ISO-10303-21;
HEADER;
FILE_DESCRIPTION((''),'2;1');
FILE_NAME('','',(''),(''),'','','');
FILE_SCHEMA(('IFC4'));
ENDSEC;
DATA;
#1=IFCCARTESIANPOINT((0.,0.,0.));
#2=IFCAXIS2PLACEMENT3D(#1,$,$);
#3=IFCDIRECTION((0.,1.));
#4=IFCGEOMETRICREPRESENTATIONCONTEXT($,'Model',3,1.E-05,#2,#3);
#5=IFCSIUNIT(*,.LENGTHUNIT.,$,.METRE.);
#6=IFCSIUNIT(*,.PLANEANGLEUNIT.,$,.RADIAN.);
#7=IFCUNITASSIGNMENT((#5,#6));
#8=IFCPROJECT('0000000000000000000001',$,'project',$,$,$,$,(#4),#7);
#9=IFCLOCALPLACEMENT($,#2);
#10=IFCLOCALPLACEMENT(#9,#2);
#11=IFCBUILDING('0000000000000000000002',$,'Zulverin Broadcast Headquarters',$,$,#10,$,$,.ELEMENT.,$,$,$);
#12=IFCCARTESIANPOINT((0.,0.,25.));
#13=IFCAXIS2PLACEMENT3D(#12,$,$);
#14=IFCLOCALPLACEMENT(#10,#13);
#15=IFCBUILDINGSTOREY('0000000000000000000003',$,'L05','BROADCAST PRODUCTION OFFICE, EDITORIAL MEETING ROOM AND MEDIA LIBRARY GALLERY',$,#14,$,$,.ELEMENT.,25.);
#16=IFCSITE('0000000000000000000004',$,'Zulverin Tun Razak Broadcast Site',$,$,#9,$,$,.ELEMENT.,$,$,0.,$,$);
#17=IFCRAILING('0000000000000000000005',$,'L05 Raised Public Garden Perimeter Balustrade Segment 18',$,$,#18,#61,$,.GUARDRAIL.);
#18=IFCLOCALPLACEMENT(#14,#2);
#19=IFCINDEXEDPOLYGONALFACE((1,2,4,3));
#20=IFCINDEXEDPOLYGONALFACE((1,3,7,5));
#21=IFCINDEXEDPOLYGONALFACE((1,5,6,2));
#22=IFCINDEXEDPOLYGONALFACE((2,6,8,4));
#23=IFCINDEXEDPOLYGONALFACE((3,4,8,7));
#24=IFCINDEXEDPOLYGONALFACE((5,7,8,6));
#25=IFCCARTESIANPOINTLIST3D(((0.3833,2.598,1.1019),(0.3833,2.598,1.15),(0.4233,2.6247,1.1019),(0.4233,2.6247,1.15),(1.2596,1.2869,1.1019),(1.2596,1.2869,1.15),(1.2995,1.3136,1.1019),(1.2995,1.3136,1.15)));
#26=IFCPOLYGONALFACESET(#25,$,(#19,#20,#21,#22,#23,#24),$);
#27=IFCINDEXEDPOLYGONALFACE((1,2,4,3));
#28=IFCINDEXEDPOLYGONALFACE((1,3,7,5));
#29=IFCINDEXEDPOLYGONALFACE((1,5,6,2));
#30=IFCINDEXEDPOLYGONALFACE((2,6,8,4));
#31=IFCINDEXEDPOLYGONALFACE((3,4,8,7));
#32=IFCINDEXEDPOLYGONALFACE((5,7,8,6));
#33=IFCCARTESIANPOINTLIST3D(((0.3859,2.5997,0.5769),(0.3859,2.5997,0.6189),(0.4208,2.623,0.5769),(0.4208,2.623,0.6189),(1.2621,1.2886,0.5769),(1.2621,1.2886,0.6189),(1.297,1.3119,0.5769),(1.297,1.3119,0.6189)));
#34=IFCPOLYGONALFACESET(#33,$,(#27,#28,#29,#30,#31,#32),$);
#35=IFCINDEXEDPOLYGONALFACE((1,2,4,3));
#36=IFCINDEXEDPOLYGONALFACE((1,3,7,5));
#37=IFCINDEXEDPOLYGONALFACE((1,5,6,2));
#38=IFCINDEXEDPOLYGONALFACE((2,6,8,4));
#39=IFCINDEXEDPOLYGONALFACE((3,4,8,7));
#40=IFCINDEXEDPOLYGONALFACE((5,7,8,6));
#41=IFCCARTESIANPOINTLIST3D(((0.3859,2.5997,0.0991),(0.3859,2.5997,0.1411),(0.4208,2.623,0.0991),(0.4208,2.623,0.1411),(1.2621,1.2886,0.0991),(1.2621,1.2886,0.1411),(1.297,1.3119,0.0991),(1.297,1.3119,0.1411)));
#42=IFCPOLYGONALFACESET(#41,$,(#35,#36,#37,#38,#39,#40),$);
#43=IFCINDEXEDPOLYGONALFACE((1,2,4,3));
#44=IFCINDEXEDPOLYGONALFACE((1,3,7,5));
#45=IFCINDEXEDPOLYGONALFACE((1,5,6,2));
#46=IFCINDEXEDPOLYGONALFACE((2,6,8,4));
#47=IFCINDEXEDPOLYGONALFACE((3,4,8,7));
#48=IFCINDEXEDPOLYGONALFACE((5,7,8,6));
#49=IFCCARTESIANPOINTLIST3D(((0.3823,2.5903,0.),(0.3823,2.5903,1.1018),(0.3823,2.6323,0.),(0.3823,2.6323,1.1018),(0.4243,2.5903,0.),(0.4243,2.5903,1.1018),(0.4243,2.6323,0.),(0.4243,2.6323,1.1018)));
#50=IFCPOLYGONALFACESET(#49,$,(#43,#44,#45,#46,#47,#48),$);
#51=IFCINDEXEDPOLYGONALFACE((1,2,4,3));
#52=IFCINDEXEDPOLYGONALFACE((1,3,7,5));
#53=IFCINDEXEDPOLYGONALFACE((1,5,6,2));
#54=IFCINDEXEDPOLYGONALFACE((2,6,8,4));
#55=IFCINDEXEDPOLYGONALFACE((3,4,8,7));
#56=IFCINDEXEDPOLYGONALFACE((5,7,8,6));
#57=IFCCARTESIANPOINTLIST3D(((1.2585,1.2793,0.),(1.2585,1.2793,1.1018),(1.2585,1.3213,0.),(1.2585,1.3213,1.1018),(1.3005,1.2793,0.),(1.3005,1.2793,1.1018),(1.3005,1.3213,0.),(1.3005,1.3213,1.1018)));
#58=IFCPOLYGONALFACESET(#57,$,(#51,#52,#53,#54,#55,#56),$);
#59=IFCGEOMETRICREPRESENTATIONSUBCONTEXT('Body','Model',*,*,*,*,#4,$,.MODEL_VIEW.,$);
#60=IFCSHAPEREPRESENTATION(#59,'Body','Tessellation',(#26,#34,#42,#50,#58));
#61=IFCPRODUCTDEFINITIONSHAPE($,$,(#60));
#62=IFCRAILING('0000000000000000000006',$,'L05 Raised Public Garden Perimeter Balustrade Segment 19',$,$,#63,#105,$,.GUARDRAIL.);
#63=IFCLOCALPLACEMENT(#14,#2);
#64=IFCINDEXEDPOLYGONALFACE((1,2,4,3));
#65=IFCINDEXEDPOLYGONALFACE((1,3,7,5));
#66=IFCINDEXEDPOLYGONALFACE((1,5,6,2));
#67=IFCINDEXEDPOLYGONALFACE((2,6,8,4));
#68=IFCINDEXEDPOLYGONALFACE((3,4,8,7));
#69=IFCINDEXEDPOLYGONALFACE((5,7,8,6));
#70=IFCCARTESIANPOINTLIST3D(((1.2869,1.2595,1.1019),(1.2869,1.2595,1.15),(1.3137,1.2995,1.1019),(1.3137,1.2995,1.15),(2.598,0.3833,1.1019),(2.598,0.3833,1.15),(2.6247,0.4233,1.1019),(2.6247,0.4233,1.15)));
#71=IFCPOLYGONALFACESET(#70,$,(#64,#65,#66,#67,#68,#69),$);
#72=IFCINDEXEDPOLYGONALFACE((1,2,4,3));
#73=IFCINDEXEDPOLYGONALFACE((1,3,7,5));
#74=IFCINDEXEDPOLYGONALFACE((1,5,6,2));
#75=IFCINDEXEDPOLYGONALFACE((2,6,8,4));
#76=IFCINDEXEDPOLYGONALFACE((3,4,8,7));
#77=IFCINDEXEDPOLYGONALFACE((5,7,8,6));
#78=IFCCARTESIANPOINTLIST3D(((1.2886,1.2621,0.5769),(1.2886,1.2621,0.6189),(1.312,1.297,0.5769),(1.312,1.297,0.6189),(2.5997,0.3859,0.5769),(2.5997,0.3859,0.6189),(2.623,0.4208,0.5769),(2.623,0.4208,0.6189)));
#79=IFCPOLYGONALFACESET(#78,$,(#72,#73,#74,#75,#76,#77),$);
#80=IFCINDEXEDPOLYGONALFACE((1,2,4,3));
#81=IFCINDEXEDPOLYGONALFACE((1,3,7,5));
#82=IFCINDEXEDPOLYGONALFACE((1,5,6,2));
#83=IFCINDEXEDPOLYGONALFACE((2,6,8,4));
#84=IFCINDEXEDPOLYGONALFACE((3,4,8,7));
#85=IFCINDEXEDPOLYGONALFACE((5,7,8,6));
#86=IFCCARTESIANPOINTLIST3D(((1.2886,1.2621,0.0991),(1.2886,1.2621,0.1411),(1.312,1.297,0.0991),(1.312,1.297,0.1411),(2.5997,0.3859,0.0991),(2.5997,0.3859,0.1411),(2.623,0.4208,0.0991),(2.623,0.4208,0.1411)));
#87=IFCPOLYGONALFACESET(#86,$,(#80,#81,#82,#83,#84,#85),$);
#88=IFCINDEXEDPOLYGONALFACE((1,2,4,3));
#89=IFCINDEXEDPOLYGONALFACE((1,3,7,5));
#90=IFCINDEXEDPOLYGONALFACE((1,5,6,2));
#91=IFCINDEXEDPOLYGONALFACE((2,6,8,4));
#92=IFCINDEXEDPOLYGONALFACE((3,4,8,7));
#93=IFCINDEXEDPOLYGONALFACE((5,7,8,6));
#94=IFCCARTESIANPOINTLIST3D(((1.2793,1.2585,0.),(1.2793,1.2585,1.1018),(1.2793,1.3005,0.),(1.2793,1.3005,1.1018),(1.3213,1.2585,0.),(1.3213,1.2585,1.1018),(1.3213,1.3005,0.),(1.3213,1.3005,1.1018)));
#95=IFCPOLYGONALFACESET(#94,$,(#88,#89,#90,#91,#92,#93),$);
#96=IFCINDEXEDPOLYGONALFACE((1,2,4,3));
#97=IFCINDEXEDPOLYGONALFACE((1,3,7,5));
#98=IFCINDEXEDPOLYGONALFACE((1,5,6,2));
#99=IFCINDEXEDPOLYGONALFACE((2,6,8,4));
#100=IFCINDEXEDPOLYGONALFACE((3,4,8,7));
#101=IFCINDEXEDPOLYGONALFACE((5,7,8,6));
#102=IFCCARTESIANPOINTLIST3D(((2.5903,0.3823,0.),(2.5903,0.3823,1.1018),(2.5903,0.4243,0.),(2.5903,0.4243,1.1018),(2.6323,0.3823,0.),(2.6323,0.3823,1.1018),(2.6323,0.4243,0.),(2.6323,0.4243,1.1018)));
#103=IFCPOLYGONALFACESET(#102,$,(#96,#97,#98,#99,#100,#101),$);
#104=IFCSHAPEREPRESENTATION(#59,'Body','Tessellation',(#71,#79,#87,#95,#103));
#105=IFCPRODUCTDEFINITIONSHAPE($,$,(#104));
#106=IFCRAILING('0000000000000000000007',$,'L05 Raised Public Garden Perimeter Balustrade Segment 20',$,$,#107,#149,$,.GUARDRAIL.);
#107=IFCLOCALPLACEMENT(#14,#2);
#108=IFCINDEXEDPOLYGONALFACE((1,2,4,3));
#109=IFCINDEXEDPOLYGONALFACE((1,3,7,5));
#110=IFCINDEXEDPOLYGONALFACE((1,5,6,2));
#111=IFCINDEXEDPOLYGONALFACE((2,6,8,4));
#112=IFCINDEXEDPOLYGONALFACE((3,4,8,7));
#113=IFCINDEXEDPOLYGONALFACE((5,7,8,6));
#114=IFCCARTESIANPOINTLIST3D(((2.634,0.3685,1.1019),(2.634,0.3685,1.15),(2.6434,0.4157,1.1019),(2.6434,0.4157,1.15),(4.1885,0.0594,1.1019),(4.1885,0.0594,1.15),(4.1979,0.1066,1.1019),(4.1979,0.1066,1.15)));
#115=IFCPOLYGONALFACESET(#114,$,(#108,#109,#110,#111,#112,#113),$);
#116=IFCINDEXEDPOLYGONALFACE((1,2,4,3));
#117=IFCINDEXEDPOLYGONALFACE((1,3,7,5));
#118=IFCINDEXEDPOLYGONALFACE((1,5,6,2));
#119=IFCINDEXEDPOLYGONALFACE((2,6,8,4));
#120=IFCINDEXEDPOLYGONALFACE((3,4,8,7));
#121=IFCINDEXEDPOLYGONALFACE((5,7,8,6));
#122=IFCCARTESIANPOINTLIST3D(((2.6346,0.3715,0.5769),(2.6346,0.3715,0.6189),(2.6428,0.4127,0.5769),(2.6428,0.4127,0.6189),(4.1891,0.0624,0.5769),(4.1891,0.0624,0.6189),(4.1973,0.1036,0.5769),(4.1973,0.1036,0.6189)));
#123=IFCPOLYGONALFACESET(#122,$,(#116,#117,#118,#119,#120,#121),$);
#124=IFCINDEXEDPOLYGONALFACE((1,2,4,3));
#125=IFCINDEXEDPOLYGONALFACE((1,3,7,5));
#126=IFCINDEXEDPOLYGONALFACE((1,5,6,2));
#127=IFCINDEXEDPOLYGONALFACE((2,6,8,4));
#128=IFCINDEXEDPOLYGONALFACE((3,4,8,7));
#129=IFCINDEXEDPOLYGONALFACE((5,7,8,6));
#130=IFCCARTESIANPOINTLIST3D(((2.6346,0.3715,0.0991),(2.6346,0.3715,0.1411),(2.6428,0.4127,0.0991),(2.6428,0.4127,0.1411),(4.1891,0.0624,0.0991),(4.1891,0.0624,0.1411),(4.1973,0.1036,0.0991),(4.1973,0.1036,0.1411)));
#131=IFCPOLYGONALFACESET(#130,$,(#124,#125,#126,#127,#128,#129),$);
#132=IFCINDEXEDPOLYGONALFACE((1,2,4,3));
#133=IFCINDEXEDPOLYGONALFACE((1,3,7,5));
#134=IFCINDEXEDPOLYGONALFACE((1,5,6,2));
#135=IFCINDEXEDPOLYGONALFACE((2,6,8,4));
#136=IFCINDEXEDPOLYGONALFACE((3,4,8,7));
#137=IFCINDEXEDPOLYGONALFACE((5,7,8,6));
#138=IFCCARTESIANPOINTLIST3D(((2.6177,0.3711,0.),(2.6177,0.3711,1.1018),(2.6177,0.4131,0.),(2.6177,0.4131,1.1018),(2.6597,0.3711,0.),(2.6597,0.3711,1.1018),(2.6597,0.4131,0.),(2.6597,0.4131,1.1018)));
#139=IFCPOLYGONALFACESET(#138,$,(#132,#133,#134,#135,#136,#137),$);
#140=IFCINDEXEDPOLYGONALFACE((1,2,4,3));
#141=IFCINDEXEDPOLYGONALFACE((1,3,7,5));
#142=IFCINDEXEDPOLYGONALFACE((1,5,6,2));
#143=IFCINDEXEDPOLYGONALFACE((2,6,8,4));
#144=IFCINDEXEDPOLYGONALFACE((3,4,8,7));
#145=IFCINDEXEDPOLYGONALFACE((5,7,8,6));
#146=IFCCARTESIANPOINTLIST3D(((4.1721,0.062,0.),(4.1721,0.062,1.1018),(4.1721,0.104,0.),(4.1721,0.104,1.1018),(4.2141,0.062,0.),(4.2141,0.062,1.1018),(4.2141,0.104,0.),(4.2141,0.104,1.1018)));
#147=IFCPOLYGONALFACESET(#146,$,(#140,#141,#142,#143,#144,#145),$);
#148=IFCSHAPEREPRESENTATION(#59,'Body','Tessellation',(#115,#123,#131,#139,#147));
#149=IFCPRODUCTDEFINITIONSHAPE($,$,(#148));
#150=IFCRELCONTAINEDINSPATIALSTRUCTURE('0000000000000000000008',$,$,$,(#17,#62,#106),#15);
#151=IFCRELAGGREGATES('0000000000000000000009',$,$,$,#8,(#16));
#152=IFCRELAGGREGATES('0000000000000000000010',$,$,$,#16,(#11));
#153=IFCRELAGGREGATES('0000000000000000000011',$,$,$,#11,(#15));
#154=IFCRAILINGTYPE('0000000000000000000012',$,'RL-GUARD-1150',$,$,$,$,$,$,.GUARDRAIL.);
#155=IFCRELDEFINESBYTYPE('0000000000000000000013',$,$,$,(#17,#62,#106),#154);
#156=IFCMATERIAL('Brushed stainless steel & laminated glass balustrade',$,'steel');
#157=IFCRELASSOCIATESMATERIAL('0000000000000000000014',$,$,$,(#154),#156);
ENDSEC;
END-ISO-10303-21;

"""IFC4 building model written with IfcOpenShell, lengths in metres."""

from ifc_helpers import new_model, si_unit, direction, frame, origin, origin_2d, place, context, subcontext, project, spatial, rectangle, extrude, material, type_object, element, save


model = new_model("IFC4")

# Units and contexts
model_context = context("Model", 3, precision=1e-05, world=origin(), true_north=direction((0.0, 1.0)))
body_context = subcontext(model_context, "Body", "Model", "MODEL_VIEW")
ifc_project = project(units=[si_unit("LENGTHUNIT", "METRE"), si_unit("PLANEANGLEUNIT", "RADIAN")], contexts=[model_context])

# Site, building, storey
site_placement = place(None, origin())
site = spatial("IfcSite", under=ifc_project, at=site_placement, Name="Zulverin Tun Razak Broadcast Site", CompositionType="ELEMENT", RefElevation=0.0)
building_placement = place(site_placement, origin())
building = spatial("IfcBuilding", under=site, at=building_placement, Name="Zulverin Broadcast Headquarters", CompositionType="ELEMENT")
storey_placement = place(building_placement, frame((0.0, 0.0, 25.0)))
storey = spatial("IfcBuildingStorey", under=building, at=storey_placement, Name="L05", Description="BROADCAST PRODUCTION OFFICE, EDITORIAL MEETING ROOM AND MEDIA LIBRARY GALLERY", CompositionType="ELEMENT", Elevation=25.0)

# Railings
ifc_material_1 = material(Name="Brushed stainless steel & laminated glass balustrade", Category="steel")
railing_type = type_object("IfcRailingType", Name="RL-GUARD-1150", PredefinedType="GUARDRAIL", material=ifc_material_1)
railing_1_placement = place(storey_placement, frame((0.4033, 2.6113, 0.0)))
element("IfcRailing", 1, at=railing_1_placement, inside=storey, type_object=railing_type, Name="L05 Raised Public Garden Perimeter Balustrade Segment 18", PredefinedType="GUARDRAIL", context=body_context, shape_type="SweptSolid", body=[
    extrude(rectangle(XDim=0.0481, YDim=0.0481, at=origin_2d()), frame((0.0, 0.0, 1.126), z_axis=(0.555664, -0.831407, 0.0), x_axis=(0.831407, 0.555664, 0.0)), (0.0, 0.0, 1.0), 1.5769),
    extrude(rectangle(XDim=0.042, YDim=0.042, at=origin_2d()), frame((0.0, 0.0, 0.5979), z_axis=(0.555664, -0.831407, 0.0), x_axis=(0.831407, 0.555664, 0.0)), (0.0, 0.0, 1.0), 1.5769),
    extrude(rectangle(XDim=0.042, YDim=0.042, at=origin_2d()), frame((0.0, 0.0, 0.1201), z_axis=(0.555664, -0.831407, 0.0), x_axis=(0.831407, 0.555664, 0.0)), (0.0, 0.0, 1.0), 1.5769),
    extrude(rectangle(XDim=0.042, YDim=0.042, at=origin_2d()), origin(), (0.0, 0.0, 1.0), 1.1018),
    extrude(rectangle(XDim=0.042, YDim=0.042, at=origin_2d()), frame((0.8762, -1.311, 0.0)), (0.0, 0.0, 1.0), 1.1018),
])
railing_2_placement = place(storey_placement, frame((1.3003, 1.2795, 0.0)))
element("IfcRailing", 2, at=railing_2_placement, inside=storey, type_object=railing_type, Name="L05 Raised Public Garden Perimeter Balustrade Segment 19", PredefinedType="GUARDRAIL", context=body_context, shape_type="SweptSolid", body=[
    extrude(rectangle(XDim=0.0481, YDim=0.0481, at=origin_2d()), frame((0.0, 0.0, 1.126), z_axis=(0.831407, -0.555664, 0.0), x_axis=(0.555664, 0.831407, 0.0)), (0.0, 0.0, 1.0), 1.5769),
    extrude(rectangle(XDim=0.042, YDim=0.042, at=origin_2d()), frame((0.0, 0.0, 0.5979), z_axis=(0.831407, -0.555664, 0.0), x_axis=(0.555664, 0.831407, 0.0)), (0.0, 0.0, 1.0), 1.5769),
    extrude(rectangle(XDim=0.042, YDim=0.042, at=origin_2d()), frame((0.0, 0.0, 0.1201), z_axis=(0.831407, -0.555664, 0.0), x_axis=(0.555664, 0.831407, 0.0)), (0.0, 0.0, 1.0), 1.5769),
    extrude(rectangle(XDim=0.042, YDim=0.042, at=origin_2d()), origin(), (0.0, 0.0, 1.0), 1.1018),
    extrude(rectangle(XDim=0.042, YDim=0.042, at=origin_2d()), frame((1.311, -0.8762, 0.0)), (0.0, 0.0, 1.0), 1.1018),
])
railing_3_placement = place(storey_placement, frame((2.6387, 0.3921, 0.0)))
element("IfcRailing", 3, at=railing_3_placement, inside=storey, type_object=railing_type, Name="L05 Raised Public Garden Perimeter Balustrade Segment 20", PredefinedType="GUARDRAIL", context=body_context, shape_type="SweptSolid", body=[
    extrude(rectangle(XDim=0.0481, YDim=0.0481, at=origin_2d()), frame((0.0, 0.0, 1.126), z_axis=(0.980799, -0.19502, 0.0), x_axis=(0.19502, 0.980799, 0.0)), (0.0, 0.0, 1.0), 1.585),
    extrude(rectangle(XDim=0.042, YDim=0.042, at=origin_2d()), frame((0.0, 0.0, 0.5979), z_axis=(0.980799, -0.19502, 0.0), x_axis=(0.19502, 0.980799, 0.0)), (0.0, 0.0, 1.0), 1.585),
    extrude(rectangle(XDim=0.042, YDim=0.042, at=origin_2d()), frame((0.0, 0.0, 0.1201), z_axis=(0.980799, -0.19502, 0.0), x_axis=(0.19502, 0.980799, 0.0)), (0.0, 0.0, 1.0), 1.585),
    extrude(rectangle(XDim=0.042, YDim=0.042, at=origin_2d()), origin(), (0.0, 0.0, 1.0), 1.1018),
    extrude(rectangle(XDim=0.042, YDim=0.042, at=origin_2d()), frame((1.5544, -0.3091, 0.0)), (0.0, 0.0, 1.0), 1.1018),
])

save(model, "model.ifc")
